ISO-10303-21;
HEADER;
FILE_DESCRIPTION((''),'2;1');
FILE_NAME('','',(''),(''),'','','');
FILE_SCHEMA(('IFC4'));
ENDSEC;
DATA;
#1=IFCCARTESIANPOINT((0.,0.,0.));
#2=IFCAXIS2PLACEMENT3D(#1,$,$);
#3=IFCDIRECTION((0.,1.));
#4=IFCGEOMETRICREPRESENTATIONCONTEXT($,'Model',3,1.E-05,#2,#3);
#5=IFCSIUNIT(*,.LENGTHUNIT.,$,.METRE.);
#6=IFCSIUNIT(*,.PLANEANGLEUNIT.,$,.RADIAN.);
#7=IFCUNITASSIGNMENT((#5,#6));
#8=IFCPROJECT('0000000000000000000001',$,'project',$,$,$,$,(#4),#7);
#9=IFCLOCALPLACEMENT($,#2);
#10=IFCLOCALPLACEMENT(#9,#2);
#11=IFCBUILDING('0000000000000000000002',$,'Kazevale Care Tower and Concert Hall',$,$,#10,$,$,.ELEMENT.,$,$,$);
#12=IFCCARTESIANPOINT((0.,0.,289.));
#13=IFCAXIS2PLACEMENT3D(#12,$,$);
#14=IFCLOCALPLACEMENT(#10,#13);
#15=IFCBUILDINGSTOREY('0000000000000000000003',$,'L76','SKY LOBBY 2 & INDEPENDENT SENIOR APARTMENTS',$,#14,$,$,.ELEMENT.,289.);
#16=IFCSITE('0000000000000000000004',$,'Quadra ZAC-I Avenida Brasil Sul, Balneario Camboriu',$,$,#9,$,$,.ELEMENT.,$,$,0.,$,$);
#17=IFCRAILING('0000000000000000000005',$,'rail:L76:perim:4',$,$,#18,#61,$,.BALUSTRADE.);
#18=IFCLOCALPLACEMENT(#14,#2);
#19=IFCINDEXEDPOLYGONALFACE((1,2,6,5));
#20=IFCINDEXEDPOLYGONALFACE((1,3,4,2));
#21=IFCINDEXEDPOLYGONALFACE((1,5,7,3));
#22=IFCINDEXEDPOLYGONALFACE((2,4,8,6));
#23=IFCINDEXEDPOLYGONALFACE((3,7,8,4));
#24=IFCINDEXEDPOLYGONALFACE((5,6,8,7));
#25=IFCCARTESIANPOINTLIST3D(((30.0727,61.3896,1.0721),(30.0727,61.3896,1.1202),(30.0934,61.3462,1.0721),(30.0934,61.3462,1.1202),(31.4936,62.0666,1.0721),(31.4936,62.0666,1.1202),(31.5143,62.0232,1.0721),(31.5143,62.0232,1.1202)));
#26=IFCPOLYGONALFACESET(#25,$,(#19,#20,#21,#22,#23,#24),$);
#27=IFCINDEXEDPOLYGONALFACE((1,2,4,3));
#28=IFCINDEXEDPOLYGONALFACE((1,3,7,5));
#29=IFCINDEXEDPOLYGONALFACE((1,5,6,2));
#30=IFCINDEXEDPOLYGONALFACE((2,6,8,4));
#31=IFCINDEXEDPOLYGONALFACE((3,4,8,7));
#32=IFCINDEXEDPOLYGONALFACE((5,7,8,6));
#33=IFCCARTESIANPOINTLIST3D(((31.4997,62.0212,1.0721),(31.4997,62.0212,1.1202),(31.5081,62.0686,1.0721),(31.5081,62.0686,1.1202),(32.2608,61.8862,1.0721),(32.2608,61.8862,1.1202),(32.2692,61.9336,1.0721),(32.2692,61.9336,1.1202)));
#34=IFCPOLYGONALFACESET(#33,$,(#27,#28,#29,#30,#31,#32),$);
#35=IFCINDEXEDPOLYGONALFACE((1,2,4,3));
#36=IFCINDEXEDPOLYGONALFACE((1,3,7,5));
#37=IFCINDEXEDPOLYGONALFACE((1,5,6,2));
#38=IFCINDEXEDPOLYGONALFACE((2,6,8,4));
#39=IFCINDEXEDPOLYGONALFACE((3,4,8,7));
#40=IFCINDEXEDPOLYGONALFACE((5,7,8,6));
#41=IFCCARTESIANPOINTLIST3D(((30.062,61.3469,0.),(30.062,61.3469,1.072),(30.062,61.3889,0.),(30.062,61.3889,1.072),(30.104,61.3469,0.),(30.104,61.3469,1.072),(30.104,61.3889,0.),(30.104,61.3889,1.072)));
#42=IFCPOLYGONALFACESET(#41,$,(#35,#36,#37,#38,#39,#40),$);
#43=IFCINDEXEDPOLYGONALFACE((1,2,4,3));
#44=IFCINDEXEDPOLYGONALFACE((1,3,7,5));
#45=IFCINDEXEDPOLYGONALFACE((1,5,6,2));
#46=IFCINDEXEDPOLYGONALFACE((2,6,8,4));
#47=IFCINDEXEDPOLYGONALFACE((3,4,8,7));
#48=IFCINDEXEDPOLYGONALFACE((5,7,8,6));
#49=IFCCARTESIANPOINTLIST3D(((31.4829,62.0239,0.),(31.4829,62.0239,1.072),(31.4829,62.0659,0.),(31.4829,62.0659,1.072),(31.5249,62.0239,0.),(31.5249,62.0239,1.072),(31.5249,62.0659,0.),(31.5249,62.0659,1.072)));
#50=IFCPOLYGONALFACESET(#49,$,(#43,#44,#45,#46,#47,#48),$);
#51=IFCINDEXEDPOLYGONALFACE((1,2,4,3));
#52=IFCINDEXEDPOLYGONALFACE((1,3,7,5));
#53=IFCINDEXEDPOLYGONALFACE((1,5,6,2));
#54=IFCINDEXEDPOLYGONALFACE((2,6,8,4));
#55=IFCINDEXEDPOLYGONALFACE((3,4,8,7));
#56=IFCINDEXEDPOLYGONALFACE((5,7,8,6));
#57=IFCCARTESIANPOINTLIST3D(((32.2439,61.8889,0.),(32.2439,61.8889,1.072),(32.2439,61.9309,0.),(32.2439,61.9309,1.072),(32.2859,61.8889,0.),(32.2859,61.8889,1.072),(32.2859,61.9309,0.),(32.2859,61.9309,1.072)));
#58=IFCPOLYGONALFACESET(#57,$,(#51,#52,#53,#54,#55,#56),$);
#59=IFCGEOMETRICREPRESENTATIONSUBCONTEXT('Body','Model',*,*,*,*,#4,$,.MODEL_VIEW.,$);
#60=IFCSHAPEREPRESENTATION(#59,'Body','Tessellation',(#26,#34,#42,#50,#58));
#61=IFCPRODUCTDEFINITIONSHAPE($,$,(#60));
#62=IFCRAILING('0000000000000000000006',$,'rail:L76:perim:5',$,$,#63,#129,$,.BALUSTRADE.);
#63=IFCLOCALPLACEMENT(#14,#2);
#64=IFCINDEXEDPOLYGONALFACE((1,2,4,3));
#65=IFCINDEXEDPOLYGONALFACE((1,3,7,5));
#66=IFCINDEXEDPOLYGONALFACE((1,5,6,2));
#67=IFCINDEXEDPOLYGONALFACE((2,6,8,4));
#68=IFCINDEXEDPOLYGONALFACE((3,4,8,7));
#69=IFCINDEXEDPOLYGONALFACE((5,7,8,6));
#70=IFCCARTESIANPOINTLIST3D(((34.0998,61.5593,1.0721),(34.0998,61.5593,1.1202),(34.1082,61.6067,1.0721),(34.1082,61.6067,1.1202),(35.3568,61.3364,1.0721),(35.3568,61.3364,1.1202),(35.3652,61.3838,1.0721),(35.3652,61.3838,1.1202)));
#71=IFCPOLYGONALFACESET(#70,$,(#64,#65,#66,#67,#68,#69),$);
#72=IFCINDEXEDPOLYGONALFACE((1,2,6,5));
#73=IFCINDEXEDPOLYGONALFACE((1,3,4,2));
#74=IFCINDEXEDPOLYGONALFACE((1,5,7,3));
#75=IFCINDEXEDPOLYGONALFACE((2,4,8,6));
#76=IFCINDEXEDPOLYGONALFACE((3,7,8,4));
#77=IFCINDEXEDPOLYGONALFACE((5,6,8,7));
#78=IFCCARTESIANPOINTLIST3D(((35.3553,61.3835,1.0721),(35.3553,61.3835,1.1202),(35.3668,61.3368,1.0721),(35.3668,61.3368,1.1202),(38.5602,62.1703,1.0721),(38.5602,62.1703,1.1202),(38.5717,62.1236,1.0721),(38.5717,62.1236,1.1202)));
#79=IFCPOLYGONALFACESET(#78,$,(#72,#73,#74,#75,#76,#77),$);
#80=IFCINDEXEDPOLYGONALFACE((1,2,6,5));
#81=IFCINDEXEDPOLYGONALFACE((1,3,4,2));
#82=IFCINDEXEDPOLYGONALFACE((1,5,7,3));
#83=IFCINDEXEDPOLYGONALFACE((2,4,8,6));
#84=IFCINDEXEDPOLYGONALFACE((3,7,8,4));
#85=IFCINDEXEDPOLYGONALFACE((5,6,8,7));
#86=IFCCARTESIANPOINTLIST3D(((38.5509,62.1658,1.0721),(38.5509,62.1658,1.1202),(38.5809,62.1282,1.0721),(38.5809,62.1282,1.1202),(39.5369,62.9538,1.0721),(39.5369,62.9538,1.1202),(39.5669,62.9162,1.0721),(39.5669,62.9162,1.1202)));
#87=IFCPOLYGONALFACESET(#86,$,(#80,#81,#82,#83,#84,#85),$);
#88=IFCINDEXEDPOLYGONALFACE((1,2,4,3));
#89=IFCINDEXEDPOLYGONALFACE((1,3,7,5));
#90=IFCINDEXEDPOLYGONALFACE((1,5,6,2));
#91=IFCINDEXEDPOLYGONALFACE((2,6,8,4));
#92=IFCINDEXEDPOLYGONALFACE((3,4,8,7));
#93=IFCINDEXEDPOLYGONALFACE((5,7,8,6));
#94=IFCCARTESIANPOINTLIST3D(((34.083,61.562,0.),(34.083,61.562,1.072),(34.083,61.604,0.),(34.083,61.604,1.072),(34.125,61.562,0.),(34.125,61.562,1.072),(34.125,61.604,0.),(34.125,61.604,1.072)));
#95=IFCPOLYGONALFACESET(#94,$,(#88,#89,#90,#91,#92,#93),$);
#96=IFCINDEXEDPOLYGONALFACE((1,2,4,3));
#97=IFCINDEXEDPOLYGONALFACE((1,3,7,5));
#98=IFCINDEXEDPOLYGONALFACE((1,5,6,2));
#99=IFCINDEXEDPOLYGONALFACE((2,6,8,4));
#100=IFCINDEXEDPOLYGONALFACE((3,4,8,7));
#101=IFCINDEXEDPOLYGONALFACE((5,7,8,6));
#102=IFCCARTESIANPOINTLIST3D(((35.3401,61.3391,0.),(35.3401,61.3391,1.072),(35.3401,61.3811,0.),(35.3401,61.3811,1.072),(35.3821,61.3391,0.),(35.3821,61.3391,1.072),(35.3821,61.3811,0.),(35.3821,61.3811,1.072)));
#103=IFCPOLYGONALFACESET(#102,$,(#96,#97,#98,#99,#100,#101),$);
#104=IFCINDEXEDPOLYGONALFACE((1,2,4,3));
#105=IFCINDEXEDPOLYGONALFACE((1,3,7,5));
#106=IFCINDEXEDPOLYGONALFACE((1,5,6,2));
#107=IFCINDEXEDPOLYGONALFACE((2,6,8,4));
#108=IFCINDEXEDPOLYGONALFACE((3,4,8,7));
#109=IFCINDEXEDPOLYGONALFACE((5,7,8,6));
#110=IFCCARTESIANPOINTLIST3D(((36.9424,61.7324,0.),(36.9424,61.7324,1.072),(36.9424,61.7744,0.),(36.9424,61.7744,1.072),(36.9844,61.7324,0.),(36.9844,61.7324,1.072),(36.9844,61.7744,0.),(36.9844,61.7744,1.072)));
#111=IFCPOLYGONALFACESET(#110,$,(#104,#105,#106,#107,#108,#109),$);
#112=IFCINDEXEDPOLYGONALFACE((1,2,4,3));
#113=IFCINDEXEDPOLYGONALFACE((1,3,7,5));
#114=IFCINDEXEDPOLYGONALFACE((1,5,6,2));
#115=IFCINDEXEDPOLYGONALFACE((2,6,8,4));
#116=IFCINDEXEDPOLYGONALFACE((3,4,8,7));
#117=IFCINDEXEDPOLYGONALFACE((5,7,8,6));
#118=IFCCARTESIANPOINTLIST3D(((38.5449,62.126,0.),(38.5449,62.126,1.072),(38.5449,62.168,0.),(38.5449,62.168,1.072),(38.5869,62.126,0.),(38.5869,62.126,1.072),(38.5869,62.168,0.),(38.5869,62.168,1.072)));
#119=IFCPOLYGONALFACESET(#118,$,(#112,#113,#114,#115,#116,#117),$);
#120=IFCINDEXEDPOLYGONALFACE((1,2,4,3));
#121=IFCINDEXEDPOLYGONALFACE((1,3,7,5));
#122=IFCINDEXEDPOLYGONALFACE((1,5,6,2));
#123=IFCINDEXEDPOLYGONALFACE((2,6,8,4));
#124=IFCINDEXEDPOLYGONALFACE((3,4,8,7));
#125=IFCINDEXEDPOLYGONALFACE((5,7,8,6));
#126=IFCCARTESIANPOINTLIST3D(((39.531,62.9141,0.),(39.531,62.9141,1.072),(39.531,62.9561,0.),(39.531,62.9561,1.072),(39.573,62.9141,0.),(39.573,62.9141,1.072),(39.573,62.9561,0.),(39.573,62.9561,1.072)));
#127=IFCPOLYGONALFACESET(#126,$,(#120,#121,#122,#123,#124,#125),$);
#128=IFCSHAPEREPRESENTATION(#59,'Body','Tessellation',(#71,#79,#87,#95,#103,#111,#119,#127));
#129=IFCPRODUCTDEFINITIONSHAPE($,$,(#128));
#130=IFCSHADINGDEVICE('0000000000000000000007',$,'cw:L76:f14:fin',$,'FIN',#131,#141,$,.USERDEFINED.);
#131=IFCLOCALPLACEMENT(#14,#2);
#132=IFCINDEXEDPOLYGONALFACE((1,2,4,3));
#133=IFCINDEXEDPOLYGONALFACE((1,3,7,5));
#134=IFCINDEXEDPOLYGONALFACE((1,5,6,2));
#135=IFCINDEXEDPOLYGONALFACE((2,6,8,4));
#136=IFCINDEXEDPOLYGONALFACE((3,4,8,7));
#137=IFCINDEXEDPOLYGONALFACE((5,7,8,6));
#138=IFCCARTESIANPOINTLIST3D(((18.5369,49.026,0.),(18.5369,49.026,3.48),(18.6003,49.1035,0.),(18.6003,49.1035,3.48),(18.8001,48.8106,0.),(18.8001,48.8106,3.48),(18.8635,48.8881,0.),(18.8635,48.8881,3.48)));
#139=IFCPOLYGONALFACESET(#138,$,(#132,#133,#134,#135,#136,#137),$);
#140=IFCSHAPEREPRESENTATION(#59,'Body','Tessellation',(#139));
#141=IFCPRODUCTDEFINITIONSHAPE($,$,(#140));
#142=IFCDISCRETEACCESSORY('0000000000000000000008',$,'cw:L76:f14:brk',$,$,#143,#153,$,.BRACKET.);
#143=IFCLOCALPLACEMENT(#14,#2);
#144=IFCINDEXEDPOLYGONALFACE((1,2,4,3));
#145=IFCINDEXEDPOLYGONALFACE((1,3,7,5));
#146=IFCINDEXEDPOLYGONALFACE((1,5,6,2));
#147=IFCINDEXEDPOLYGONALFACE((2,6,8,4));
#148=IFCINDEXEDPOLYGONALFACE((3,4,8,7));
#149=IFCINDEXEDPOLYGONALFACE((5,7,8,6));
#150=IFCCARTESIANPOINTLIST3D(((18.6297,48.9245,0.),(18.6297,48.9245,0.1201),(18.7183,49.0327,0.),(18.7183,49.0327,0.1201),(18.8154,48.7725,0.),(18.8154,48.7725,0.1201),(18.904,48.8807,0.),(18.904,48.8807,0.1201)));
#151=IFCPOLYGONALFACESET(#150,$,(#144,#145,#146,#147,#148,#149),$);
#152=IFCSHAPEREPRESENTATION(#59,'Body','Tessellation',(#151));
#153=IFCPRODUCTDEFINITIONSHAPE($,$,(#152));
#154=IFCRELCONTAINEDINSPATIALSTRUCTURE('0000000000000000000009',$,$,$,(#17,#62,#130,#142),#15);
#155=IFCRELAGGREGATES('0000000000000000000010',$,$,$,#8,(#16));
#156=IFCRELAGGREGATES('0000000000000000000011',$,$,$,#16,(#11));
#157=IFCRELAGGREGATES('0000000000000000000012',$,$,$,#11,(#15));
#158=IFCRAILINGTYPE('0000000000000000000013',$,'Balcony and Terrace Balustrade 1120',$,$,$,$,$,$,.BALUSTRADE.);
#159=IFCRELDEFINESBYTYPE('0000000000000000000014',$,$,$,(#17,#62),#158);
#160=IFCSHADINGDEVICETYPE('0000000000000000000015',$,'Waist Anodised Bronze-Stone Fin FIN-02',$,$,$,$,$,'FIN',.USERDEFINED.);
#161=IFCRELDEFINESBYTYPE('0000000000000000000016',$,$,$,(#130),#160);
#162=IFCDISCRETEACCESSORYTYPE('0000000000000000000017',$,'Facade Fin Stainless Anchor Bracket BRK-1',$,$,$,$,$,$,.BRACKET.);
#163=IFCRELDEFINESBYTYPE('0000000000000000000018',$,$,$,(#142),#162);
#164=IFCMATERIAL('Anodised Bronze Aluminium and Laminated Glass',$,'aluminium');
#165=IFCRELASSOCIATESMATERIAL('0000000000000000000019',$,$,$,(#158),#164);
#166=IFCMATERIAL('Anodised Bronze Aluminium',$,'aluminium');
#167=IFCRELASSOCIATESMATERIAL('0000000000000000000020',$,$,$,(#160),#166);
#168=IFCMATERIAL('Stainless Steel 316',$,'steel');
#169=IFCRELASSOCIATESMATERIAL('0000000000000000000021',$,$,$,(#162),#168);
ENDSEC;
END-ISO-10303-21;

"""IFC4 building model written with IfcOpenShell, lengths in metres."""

from ifc_helpers import new_model, si_unit, direction, frame, origin, origin_2d, place, context, subcontext, project, spatial, rectangle, extrude, material, type_object, element, save


model = new_model("IFC4")

# Units and contexts
model_context = context("Model", 3, precision=1e-05, world=origin(), true_north=direction((0.0, 1.0)))
body_context = subcontext(model_context, "Body", "Model", "MODEL_VIEW")
ifc_project = project(units=[si_unit("LENGTHUNIT", "METRE"), si_unit("PLANEANGLEUNIT", "RADIAN")], contexts=[model_context])

# Site, building, storey
site_placement = place(None, origin())
site = spatial("IfcSite", under=ifc_project, at=site_placement, Name="Quadra ZAC-I Avenida Brasil Sul, Balneario Camboriu", CompositionType="ELEMENT", RefElevation=0.0)
building_placement = place(site_placement, origin())
building = spatial("IfcBuilding", under=site, at=building_placement, Name="Kazevale Care Tower and Concert Hall", CompositionType="ELEMENT")
storey_placement = place(building_placement, frame((0.0, 0.0, 289.0)))
storey = spatial("IfcBuildingStorey", under=building, at=storey_placement, Name="L76", Description="SKY LOBBY 2 & INDEPENDENT SENIOR APARTMENTS", CompositionType="ELEMENT", Elevation=289.0)

# Railings
ifc_material_1 = material(Name="Anodised Bronze Aluminium and Laminated Glass", Category="aluminium")
railing_type = type_object("IfcRailingType", Name="Balcony and Terrace Balustrade 1120", PredefinedType="BALUSTRADE", material=ifc_material_1)
railing_1_placement = place(storey_placement, frame((30.083, 61.3679, 0.0)))
element("IfcRailing", 1, at=railing_1_placement, inside=storey, type_object=railing_type, Name="rail:L76:perim:4", PredefinedType="BALUSTRADE", context=body_context, shape_type="SweptSolid", body=[
    extrude(rectangle(XDim=0.0481, YDim=0.0481, at=origin_2d()), frame((0.0, 0.0, 1.0962), z_axis=(0.902766, 0.430132, 0.0), x_axis=(-0.430132, 0.902766, 0.0)), (0.0, 0.0, 1.0), 1.574),
    extrude(rectangle(XDim=0.0481, YDim=0.0481, at=origin_2d()), frame((1.4209, 0.677, 1.0962), z_axis=(0.984624, -0.174686, 0.0), x_axis=(0.174686, 0.984624, 0.0)), (0.0, 0.0, 1.0), 0.7729),
    extrude(rectangle(XDim=0.042, YDim=0.042, at=origin_2d()), origin(), (0.0, 0.0, 1.0), 1.072),
    extrude(rectangle(XDim=0.042, YDim=0.042, at=origin_2d()), frame((1.4209, 0.677, 0.0)), (0.0, 0.0, 1.0), 1.072),
    extrude(rectangle(XDim=0.042, YDim=0.042, at=origin_2d()), frame((2.1819, 0.542, 0.0)), (0.0, 0.0, 1.0), 1.072),
])
railing_2_placement = place(storey_placement, frame((34.104, 61.583, 0.0)))
element("IfcRailing", 2, at=railing_2_placement, inside=storey, type_object=railing_type, Name="rail:L76:perim:5", PredefinedType="BALUSTRADE", context=body_context, shape_type="SweptSolid", body=[
    extrude(rectangle(XDim=0.0481, YDim=0.0481, at=origin_2d()), frame((0.0, 0.0, 1.0962), z_axis=(0.984641, -0.174593, 0.0), x_axis=(0.174593, 0.984641, 0.0)), (0.0, 0.0, 1.0), 1.2766),
    extrude(rectangle(XDim=0.0481, YDim=0.0481, at=origin_2d()), frame((1.2571, -0.2229, 1.0962), z_axis=(0.971157, 0.238443, 0.0), x_axis=(-0.238443, 0.971157, 0.0)), (0.0, 0.0, 1.0), 3.3),
    extrude(rectangle(XDim=0.0481, YDim=0.0481, at=origin_2d()), frame((4.4619, 0.564, 1.0962), z_axis=(0.781171, 0.624318, 0.0), x_axis=(-0.624318, 0.781171, 0.0)), (0.0, 0.0, 1.0), 1.2622),
    extrude(rectangle(XDim=0.042, YDim=0.042, at=origin_2d()), origin(), (0.0, 0.0, 1.0), 1.072),
    extrude(rectangle(XDim=0.042, YDim=0.042, at=origin_2d()), frame((1.2571, -0.2229, 0.0)), (0.0, 0.0, 1.0), 1.072),
    extrude(rectangle(XDim=0.042, YDim=0.042, at=origin_2d()), frame((2.8594, 0.1704, 0.0)), (0.0, 0.0, 1.0), 1.072),
    extrude(rectangle(XDim=0.042, YDim=0.042, at=origin_2d()), frame((4.4619, 0.564, 0.0)), (0.0, 0.0, 1.0), 1.072),
    extrude(rectangle(XDim=0.042, YDim=0.042, at=origin_2d()), frame((5.448, 1.3521, 0.0)), (0.0, 0.0, 1.0), 1.072),
])

# Shading device
ifc_material_2 = material(Name="Anodised Bronze Aluminium", Category="aluminium")
shading_device_type = type_object("IfcShadingDeviceType", Name="Waist Anodised Bronze-Stone Fin FIN-02", ElementType="FIN", PredefinedType="USERDEFINED", material=ifc_material_2)
shading_device_placement = place(storey_placement, frame((18.7002, 48.957, 0.0), z_axis=(0.0, 0.0, 1.0), x_axis=(-0.77384, 0.633381, 0.0)))
element("IfcShadingDevice", 3, at=shading_device_placement, inside=storey, type_object=shading_device_type, Name="cw:L76:f14:fin", ObjectType="FIN", PredefinedType="USERDEFINED", context=body_context, shape_type="SweptSolid", body=[
    extrude(rectangle(XDim=0.3401, YDim=0.1001, at=origin_2d()), origin(), (0.0, 0.0, 1.0), 3.48),
])

# Discrete accessory
ifc_material_3 = material(Name="Stainless Steel 316", Category="steel")
discrete_accessory_type = type_object("IfcDiscreteAccessoryType", Name="Facade Fin Stainless Anchor Bracket BRK-1", PredefinedType="BRACKET", material=ifc_material_3)
discrete_accessory_placement = place(storey_placement, frame((18.7668, 48.9026, 0.0), z_axis=(0.0, 0.0, 1.0), x_axis=(-0.77384, 0.633381, 0.0)))
element("IfcDiscreteAccessory", 4, at=discrete_accessory_placement, inside=storey, type_object=discrete_accessory_type, Name="cw:L76:f14:brk", PredefinedType="BRACKET", context=body_context, shape_type="SweptSolid", body=[
    extrude(rectangle(XDim=0.24, YDim=0.1399, at=origin_2d()), origin(), (0.0, 0.0, 1.0), 0.1201),
])

save(model, "model.ifc")
